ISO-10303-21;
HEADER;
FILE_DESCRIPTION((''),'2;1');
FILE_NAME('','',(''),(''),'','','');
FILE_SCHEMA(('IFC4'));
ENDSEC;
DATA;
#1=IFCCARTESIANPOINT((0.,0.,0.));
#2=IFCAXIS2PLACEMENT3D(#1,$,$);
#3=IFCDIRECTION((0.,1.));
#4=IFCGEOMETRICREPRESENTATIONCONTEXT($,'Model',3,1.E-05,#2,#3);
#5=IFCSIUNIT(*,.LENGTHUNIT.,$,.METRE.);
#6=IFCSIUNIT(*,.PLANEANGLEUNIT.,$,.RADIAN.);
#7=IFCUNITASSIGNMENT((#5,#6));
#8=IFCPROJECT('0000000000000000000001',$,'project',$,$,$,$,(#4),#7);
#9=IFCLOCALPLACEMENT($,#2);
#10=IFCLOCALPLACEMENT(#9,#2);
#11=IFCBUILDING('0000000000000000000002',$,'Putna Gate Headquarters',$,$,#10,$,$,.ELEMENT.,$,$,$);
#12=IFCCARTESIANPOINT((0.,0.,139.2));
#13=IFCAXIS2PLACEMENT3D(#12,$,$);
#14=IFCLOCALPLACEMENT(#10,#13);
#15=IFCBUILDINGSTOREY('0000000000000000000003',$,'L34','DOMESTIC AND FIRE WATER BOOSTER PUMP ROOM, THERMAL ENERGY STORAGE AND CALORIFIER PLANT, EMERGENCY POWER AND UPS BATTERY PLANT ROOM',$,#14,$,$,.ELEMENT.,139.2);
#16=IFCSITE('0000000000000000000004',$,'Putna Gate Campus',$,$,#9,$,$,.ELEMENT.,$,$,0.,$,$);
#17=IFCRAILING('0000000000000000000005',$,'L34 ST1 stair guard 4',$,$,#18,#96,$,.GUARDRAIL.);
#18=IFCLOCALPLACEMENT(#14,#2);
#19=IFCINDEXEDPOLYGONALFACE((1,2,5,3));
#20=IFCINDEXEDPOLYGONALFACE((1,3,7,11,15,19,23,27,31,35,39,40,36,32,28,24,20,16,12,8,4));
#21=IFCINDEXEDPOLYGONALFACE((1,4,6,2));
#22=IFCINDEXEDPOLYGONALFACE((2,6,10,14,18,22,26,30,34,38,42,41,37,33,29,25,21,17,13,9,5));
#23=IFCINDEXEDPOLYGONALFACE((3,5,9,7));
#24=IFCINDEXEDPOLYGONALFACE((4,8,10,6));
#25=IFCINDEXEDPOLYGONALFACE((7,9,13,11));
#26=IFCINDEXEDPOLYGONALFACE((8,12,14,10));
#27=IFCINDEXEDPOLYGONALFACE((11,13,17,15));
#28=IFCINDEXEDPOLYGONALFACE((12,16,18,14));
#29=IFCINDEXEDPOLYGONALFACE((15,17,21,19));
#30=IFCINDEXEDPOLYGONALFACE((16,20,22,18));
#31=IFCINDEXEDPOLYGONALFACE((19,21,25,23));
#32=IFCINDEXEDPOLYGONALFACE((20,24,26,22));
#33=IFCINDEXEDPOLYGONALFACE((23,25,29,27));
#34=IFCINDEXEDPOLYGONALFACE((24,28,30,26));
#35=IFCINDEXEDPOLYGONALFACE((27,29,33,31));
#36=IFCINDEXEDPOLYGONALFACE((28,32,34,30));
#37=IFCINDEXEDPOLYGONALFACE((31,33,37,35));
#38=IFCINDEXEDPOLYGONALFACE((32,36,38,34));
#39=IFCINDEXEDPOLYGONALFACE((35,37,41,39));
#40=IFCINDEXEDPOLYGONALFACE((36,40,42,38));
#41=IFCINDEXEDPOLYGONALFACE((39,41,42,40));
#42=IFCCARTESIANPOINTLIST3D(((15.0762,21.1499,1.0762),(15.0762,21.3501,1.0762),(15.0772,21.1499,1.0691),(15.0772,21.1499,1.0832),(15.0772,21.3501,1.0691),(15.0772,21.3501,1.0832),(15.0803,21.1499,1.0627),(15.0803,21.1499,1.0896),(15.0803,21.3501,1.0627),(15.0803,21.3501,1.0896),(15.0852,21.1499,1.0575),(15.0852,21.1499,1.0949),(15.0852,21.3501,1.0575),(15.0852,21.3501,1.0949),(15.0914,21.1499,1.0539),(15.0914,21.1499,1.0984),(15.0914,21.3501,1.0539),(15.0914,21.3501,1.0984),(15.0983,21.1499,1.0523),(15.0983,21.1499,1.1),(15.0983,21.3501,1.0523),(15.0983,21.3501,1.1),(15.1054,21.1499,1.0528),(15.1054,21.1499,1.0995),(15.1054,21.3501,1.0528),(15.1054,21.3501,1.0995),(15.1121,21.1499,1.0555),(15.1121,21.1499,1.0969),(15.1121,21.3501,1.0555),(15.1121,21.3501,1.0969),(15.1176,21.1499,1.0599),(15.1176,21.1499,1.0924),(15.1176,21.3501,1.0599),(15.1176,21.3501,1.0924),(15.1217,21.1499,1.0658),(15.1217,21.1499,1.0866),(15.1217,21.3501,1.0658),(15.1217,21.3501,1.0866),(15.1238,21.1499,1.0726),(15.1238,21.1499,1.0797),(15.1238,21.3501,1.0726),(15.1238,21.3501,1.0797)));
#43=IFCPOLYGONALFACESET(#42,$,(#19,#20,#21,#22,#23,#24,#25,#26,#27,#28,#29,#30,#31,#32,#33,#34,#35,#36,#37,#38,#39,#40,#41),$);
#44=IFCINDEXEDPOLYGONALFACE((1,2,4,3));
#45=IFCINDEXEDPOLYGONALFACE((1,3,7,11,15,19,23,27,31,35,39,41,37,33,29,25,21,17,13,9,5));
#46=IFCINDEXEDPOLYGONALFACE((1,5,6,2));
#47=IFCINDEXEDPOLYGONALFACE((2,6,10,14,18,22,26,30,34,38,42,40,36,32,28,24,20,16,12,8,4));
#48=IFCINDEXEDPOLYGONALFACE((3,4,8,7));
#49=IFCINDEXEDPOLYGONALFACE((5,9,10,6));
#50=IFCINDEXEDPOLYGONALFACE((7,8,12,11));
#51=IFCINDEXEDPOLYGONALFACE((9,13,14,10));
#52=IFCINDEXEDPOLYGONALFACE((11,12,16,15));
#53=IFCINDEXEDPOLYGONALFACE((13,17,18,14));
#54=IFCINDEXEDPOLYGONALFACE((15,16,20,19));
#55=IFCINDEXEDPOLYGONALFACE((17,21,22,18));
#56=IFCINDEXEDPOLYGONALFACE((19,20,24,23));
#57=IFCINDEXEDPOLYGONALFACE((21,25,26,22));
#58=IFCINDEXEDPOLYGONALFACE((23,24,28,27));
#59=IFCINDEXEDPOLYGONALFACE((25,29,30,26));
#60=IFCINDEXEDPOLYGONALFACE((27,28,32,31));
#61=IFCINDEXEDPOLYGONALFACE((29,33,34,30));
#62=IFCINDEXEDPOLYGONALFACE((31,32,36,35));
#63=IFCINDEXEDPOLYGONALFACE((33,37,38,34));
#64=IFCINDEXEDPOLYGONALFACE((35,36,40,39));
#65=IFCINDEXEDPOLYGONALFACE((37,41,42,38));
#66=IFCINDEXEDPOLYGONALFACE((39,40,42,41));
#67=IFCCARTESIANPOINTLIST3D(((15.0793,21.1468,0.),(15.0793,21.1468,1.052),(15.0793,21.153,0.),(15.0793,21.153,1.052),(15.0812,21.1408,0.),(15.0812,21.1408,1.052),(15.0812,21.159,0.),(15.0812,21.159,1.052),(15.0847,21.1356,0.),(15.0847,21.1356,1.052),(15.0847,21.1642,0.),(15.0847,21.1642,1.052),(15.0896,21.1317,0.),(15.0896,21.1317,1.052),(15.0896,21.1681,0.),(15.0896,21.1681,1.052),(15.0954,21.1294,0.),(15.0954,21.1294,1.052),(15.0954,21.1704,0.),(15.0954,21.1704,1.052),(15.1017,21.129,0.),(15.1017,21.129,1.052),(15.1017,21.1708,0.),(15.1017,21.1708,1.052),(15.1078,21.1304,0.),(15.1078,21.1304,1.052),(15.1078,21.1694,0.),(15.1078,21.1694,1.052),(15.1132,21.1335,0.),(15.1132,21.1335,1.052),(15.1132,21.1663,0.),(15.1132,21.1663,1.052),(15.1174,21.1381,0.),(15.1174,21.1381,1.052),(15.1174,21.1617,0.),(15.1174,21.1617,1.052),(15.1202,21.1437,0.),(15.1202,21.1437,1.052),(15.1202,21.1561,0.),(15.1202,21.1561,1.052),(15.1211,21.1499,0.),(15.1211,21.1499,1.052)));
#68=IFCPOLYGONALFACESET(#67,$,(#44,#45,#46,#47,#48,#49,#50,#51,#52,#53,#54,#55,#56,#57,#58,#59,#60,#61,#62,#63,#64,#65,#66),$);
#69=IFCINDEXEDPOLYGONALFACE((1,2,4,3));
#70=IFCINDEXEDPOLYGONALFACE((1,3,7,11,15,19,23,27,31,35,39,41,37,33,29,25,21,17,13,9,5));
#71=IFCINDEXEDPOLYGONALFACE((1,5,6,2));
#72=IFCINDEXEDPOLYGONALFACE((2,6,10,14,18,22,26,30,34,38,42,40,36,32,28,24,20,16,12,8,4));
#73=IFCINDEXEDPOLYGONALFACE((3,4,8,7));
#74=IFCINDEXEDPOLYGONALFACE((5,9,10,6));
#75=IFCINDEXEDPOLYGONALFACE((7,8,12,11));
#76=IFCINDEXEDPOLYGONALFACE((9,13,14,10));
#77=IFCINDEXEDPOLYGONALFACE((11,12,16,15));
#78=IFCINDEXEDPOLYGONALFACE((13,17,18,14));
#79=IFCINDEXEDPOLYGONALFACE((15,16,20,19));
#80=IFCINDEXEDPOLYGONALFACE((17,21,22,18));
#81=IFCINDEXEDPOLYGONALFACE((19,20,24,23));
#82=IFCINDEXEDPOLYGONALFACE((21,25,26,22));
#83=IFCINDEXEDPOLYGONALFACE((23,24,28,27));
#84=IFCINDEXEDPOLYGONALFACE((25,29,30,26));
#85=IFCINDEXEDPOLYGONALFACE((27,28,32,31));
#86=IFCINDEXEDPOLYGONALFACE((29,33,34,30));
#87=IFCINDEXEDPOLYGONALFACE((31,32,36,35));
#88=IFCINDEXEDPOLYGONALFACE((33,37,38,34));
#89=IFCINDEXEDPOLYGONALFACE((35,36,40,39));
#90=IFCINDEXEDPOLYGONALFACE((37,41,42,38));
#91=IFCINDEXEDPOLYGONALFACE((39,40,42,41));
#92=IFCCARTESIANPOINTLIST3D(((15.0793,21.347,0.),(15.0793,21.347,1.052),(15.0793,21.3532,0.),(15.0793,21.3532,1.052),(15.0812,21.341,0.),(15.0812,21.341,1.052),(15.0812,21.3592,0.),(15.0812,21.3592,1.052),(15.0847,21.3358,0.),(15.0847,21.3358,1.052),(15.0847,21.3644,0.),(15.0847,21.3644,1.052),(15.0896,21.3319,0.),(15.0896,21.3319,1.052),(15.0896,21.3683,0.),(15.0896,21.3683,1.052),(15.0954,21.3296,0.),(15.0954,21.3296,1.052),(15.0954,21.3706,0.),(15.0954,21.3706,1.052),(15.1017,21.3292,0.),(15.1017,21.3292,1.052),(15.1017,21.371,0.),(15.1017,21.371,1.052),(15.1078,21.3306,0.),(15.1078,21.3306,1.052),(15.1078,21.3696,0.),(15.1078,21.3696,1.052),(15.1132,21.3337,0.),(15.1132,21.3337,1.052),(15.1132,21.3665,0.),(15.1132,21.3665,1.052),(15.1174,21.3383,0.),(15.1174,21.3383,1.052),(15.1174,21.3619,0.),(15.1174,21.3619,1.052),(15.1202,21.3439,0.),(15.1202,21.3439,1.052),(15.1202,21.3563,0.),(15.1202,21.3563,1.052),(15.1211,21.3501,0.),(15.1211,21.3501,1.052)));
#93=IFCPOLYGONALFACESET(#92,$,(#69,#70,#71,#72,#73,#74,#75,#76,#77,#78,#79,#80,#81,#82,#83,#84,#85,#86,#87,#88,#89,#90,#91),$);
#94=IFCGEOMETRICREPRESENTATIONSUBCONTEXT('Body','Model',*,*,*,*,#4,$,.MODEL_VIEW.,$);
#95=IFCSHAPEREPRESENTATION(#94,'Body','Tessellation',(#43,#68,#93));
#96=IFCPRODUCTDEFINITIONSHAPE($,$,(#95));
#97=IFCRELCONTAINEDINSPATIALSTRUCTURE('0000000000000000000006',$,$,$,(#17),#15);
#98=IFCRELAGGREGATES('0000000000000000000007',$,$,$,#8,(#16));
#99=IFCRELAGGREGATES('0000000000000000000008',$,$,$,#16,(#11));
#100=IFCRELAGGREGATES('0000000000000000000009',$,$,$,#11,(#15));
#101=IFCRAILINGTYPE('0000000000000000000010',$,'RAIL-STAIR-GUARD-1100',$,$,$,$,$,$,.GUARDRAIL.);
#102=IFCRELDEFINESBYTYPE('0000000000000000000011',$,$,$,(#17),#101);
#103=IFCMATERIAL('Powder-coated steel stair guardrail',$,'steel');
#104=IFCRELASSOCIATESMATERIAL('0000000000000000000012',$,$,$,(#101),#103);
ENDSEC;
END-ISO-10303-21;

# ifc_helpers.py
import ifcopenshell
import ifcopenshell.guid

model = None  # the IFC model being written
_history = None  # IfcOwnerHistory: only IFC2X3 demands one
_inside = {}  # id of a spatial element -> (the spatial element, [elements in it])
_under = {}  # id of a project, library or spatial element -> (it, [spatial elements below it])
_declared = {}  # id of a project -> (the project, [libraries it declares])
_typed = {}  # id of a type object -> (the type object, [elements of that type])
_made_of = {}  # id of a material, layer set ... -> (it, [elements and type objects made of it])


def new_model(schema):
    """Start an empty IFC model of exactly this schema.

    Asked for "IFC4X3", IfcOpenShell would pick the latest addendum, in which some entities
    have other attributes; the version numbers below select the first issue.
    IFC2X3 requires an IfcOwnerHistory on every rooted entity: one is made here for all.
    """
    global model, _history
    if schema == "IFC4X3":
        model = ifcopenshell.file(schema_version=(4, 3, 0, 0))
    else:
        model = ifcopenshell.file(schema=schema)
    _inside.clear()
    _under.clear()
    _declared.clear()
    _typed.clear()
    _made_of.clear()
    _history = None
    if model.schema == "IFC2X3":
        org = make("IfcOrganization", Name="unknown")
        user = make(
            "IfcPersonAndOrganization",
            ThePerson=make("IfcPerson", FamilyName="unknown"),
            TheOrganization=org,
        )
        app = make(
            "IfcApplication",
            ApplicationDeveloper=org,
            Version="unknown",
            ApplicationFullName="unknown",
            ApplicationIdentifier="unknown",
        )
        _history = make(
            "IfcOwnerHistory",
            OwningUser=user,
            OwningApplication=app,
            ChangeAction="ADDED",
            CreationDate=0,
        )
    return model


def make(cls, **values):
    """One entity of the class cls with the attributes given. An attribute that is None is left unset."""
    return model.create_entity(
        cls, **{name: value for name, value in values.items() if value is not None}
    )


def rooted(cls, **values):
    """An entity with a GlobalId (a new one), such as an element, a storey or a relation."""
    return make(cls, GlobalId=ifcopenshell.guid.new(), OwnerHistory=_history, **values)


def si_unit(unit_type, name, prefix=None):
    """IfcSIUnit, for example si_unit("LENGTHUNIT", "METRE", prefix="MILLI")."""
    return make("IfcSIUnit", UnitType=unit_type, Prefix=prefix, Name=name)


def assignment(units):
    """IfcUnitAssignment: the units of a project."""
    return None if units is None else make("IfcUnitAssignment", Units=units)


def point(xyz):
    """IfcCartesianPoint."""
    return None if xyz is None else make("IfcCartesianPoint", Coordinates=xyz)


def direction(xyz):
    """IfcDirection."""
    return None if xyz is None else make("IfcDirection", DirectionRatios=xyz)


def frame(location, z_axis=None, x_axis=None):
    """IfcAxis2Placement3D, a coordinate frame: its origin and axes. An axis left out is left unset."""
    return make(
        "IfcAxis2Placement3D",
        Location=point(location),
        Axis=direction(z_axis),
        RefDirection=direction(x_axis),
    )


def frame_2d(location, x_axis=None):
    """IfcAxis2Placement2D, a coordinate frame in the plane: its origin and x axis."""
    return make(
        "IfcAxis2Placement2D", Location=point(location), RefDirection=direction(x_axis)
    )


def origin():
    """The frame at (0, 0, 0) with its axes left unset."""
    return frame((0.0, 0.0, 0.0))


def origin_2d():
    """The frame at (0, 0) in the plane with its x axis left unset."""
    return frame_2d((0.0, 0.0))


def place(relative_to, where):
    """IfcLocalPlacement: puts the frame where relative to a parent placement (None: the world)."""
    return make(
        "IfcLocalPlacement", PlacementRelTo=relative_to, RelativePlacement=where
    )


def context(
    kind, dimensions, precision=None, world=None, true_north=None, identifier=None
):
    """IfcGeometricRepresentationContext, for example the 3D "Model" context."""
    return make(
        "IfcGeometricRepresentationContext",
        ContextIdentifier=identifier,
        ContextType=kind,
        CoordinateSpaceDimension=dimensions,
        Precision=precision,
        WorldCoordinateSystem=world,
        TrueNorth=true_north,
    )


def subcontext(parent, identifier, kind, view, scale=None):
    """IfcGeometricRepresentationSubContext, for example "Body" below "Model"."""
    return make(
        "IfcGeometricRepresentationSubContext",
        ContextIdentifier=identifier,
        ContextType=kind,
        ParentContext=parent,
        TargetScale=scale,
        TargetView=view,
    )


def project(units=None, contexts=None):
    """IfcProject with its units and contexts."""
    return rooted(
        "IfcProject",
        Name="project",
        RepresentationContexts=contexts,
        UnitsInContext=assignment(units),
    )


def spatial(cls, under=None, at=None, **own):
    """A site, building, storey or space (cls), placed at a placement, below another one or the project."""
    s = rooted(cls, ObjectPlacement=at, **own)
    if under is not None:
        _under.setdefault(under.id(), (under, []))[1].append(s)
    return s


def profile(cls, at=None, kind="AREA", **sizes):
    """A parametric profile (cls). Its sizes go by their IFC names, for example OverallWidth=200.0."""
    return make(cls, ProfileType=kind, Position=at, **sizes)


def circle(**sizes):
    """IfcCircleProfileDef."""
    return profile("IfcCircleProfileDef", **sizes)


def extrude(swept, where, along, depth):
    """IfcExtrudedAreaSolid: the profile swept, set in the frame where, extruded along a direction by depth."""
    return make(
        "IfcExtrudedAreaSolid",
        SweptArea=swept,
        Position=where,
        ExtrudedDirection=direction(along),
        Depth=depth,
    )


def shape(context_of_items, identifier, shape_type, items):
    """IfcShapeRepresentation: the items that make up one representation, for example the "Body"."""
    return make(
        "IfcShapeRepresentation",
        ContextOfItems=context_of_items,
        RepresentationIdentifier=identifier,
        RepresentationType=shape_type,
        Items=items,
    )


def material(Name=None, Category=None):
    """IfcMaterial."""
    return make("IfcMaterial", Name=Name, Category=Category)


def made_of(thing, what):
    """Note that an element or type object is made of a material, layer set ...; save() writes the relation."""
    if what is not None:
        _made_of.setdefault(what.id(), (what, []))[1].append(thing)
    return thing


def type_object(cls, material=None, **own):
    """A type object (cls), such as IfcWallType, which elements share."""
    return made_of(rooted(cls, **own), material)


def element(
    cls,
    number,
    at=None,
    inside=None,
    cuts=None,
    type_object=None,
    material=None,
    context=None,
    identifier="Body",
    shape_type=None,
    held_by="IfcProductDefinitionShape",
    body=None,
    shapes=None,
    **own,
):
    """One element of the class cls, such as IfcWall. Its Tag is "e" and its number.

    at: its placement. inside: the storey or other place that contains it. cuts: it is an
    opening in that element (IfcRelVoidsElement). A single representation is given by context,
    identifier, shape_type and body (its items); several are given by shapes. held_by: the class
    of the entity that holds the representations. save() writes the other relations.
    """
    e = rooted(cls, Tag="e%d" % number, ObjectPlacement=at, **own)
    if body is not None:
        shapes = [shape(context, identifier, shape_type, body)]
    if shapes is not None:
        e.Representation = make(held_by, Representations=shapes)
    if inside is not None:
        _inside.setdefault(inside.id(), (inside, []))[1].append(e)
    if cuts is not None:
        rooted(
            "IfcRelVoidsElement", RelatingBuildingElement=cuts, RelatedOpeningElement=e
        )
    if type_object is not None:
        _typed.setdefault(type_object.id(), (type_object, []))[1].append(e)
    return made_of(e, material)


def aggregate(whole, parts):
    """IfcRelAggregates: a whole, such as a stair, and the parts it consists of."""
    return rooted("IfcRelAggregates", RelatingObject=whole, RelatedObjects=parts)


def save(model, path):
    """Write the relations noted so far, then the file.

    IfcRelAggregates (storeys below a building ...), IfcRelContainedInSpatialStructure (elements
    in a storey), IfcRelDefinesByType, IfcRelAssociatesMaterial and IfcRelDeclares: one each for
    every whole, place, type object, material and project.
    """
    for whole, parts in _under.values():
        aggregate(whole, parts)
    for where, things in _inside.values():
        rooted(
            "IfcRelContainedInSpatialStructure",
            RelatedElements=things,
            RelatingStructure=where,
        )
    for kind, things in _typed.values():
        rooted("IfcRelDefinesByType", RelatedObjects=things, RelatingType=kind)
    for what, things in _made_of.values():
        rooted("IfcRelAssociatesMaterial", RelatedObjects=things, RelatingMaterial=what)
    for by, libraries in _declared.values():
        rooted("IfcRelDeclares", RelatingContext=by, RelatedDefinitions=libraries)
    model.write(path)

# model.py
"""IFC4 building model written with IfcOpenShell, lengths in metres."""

from ifc_helpers import new_model, si_unit, direction, frame, origin, origin_2d, place, context, subcontext, project, spatial, circle, extrude, material, type_object, element, save


model = new_model("IFC4")

# Units and contexts
model_context = context("Model", 3, precision=1e-05, world=origin(), true_north=direction((0.0, 1.0)))
body_context = subcontext(model_context, "Body", "Model", "MODEL_VIEW")
ifc_project = project(units=[si_unit("LENGTHUNIT", "METRE"), si_unit("PLANEANGLEUNIT", "RADIAN")], contexts=[model_context])

# Site, building, storey
site_placement = place(None, origin())
site = spatial("IfcSite", under=ifc_project, at=site_placement, Name="Putna Gate Campus", CompositionType="ELEMENT", RefElevation=0.0)
building_placement = place(site_placement, origin())
building = spatial("IfcBuilding", under=site, at=building_placement, Name="Putna Gate Headquarters", CompositionType="ELEMENT")
storey_placement = place(building_placement, frame((0.0, 0.0, 139.2)))
storey = spatial("IfcBuildingStorey", under=building, at=storey_placement, Name="L34", Description="DOMESTIC AND FIRE WATER BOOSTER PUMP ROOM, THERMAL ENERGY STORAGE AND CALORIFIER PLANT, EMERGENCY POWER AND UPS BATTERY PLANT ROOM", CompositionType="ELEMENT", Elevation=139.2)

# Railing
ifc_material_1 = material(Name="Powder-coated steel stair guardrail", Category="steel")
railing_type_1 = type_object("IfcRailingType", Name="RAIL-STAIR-GUARD-1100", PredefinedType="GUARDRAIL", material=ifc_material_1)
railing_1_placement = place(storey_placement, frame((15.1001, 21.1499, 0.0)))
element("IfcRailing", 1, at=railing_1_placement, inside=storey, type_object=railing_type_1, Name="L34 ST1 stair guard 4", PredefinedType="GUARDRAIL", context=body_context, shape_type="SweptSolid", body=[
    extrude(circle(Radius=0.0239, at=origin_2d()), frame((0.0, 0.0, 1.0762), z_axis=(0.0, 1.0, 0.0), x_axis=(-1.0, 0.0, 0.0)), (0.0, 0.0, 1.0), 0.2002),
    extrude(circle(Radius=0.021, at=origin_2d()), origin(), (0.0, 0.0, 1.0), 1.052),
    extrude(circle(Radius=0.021, at=origin_2d()), frame((0.0, 0.2002, 0.0)), (0.0, 0.0, 1.0), 1.052),
])

save(model, "model.ifc")
